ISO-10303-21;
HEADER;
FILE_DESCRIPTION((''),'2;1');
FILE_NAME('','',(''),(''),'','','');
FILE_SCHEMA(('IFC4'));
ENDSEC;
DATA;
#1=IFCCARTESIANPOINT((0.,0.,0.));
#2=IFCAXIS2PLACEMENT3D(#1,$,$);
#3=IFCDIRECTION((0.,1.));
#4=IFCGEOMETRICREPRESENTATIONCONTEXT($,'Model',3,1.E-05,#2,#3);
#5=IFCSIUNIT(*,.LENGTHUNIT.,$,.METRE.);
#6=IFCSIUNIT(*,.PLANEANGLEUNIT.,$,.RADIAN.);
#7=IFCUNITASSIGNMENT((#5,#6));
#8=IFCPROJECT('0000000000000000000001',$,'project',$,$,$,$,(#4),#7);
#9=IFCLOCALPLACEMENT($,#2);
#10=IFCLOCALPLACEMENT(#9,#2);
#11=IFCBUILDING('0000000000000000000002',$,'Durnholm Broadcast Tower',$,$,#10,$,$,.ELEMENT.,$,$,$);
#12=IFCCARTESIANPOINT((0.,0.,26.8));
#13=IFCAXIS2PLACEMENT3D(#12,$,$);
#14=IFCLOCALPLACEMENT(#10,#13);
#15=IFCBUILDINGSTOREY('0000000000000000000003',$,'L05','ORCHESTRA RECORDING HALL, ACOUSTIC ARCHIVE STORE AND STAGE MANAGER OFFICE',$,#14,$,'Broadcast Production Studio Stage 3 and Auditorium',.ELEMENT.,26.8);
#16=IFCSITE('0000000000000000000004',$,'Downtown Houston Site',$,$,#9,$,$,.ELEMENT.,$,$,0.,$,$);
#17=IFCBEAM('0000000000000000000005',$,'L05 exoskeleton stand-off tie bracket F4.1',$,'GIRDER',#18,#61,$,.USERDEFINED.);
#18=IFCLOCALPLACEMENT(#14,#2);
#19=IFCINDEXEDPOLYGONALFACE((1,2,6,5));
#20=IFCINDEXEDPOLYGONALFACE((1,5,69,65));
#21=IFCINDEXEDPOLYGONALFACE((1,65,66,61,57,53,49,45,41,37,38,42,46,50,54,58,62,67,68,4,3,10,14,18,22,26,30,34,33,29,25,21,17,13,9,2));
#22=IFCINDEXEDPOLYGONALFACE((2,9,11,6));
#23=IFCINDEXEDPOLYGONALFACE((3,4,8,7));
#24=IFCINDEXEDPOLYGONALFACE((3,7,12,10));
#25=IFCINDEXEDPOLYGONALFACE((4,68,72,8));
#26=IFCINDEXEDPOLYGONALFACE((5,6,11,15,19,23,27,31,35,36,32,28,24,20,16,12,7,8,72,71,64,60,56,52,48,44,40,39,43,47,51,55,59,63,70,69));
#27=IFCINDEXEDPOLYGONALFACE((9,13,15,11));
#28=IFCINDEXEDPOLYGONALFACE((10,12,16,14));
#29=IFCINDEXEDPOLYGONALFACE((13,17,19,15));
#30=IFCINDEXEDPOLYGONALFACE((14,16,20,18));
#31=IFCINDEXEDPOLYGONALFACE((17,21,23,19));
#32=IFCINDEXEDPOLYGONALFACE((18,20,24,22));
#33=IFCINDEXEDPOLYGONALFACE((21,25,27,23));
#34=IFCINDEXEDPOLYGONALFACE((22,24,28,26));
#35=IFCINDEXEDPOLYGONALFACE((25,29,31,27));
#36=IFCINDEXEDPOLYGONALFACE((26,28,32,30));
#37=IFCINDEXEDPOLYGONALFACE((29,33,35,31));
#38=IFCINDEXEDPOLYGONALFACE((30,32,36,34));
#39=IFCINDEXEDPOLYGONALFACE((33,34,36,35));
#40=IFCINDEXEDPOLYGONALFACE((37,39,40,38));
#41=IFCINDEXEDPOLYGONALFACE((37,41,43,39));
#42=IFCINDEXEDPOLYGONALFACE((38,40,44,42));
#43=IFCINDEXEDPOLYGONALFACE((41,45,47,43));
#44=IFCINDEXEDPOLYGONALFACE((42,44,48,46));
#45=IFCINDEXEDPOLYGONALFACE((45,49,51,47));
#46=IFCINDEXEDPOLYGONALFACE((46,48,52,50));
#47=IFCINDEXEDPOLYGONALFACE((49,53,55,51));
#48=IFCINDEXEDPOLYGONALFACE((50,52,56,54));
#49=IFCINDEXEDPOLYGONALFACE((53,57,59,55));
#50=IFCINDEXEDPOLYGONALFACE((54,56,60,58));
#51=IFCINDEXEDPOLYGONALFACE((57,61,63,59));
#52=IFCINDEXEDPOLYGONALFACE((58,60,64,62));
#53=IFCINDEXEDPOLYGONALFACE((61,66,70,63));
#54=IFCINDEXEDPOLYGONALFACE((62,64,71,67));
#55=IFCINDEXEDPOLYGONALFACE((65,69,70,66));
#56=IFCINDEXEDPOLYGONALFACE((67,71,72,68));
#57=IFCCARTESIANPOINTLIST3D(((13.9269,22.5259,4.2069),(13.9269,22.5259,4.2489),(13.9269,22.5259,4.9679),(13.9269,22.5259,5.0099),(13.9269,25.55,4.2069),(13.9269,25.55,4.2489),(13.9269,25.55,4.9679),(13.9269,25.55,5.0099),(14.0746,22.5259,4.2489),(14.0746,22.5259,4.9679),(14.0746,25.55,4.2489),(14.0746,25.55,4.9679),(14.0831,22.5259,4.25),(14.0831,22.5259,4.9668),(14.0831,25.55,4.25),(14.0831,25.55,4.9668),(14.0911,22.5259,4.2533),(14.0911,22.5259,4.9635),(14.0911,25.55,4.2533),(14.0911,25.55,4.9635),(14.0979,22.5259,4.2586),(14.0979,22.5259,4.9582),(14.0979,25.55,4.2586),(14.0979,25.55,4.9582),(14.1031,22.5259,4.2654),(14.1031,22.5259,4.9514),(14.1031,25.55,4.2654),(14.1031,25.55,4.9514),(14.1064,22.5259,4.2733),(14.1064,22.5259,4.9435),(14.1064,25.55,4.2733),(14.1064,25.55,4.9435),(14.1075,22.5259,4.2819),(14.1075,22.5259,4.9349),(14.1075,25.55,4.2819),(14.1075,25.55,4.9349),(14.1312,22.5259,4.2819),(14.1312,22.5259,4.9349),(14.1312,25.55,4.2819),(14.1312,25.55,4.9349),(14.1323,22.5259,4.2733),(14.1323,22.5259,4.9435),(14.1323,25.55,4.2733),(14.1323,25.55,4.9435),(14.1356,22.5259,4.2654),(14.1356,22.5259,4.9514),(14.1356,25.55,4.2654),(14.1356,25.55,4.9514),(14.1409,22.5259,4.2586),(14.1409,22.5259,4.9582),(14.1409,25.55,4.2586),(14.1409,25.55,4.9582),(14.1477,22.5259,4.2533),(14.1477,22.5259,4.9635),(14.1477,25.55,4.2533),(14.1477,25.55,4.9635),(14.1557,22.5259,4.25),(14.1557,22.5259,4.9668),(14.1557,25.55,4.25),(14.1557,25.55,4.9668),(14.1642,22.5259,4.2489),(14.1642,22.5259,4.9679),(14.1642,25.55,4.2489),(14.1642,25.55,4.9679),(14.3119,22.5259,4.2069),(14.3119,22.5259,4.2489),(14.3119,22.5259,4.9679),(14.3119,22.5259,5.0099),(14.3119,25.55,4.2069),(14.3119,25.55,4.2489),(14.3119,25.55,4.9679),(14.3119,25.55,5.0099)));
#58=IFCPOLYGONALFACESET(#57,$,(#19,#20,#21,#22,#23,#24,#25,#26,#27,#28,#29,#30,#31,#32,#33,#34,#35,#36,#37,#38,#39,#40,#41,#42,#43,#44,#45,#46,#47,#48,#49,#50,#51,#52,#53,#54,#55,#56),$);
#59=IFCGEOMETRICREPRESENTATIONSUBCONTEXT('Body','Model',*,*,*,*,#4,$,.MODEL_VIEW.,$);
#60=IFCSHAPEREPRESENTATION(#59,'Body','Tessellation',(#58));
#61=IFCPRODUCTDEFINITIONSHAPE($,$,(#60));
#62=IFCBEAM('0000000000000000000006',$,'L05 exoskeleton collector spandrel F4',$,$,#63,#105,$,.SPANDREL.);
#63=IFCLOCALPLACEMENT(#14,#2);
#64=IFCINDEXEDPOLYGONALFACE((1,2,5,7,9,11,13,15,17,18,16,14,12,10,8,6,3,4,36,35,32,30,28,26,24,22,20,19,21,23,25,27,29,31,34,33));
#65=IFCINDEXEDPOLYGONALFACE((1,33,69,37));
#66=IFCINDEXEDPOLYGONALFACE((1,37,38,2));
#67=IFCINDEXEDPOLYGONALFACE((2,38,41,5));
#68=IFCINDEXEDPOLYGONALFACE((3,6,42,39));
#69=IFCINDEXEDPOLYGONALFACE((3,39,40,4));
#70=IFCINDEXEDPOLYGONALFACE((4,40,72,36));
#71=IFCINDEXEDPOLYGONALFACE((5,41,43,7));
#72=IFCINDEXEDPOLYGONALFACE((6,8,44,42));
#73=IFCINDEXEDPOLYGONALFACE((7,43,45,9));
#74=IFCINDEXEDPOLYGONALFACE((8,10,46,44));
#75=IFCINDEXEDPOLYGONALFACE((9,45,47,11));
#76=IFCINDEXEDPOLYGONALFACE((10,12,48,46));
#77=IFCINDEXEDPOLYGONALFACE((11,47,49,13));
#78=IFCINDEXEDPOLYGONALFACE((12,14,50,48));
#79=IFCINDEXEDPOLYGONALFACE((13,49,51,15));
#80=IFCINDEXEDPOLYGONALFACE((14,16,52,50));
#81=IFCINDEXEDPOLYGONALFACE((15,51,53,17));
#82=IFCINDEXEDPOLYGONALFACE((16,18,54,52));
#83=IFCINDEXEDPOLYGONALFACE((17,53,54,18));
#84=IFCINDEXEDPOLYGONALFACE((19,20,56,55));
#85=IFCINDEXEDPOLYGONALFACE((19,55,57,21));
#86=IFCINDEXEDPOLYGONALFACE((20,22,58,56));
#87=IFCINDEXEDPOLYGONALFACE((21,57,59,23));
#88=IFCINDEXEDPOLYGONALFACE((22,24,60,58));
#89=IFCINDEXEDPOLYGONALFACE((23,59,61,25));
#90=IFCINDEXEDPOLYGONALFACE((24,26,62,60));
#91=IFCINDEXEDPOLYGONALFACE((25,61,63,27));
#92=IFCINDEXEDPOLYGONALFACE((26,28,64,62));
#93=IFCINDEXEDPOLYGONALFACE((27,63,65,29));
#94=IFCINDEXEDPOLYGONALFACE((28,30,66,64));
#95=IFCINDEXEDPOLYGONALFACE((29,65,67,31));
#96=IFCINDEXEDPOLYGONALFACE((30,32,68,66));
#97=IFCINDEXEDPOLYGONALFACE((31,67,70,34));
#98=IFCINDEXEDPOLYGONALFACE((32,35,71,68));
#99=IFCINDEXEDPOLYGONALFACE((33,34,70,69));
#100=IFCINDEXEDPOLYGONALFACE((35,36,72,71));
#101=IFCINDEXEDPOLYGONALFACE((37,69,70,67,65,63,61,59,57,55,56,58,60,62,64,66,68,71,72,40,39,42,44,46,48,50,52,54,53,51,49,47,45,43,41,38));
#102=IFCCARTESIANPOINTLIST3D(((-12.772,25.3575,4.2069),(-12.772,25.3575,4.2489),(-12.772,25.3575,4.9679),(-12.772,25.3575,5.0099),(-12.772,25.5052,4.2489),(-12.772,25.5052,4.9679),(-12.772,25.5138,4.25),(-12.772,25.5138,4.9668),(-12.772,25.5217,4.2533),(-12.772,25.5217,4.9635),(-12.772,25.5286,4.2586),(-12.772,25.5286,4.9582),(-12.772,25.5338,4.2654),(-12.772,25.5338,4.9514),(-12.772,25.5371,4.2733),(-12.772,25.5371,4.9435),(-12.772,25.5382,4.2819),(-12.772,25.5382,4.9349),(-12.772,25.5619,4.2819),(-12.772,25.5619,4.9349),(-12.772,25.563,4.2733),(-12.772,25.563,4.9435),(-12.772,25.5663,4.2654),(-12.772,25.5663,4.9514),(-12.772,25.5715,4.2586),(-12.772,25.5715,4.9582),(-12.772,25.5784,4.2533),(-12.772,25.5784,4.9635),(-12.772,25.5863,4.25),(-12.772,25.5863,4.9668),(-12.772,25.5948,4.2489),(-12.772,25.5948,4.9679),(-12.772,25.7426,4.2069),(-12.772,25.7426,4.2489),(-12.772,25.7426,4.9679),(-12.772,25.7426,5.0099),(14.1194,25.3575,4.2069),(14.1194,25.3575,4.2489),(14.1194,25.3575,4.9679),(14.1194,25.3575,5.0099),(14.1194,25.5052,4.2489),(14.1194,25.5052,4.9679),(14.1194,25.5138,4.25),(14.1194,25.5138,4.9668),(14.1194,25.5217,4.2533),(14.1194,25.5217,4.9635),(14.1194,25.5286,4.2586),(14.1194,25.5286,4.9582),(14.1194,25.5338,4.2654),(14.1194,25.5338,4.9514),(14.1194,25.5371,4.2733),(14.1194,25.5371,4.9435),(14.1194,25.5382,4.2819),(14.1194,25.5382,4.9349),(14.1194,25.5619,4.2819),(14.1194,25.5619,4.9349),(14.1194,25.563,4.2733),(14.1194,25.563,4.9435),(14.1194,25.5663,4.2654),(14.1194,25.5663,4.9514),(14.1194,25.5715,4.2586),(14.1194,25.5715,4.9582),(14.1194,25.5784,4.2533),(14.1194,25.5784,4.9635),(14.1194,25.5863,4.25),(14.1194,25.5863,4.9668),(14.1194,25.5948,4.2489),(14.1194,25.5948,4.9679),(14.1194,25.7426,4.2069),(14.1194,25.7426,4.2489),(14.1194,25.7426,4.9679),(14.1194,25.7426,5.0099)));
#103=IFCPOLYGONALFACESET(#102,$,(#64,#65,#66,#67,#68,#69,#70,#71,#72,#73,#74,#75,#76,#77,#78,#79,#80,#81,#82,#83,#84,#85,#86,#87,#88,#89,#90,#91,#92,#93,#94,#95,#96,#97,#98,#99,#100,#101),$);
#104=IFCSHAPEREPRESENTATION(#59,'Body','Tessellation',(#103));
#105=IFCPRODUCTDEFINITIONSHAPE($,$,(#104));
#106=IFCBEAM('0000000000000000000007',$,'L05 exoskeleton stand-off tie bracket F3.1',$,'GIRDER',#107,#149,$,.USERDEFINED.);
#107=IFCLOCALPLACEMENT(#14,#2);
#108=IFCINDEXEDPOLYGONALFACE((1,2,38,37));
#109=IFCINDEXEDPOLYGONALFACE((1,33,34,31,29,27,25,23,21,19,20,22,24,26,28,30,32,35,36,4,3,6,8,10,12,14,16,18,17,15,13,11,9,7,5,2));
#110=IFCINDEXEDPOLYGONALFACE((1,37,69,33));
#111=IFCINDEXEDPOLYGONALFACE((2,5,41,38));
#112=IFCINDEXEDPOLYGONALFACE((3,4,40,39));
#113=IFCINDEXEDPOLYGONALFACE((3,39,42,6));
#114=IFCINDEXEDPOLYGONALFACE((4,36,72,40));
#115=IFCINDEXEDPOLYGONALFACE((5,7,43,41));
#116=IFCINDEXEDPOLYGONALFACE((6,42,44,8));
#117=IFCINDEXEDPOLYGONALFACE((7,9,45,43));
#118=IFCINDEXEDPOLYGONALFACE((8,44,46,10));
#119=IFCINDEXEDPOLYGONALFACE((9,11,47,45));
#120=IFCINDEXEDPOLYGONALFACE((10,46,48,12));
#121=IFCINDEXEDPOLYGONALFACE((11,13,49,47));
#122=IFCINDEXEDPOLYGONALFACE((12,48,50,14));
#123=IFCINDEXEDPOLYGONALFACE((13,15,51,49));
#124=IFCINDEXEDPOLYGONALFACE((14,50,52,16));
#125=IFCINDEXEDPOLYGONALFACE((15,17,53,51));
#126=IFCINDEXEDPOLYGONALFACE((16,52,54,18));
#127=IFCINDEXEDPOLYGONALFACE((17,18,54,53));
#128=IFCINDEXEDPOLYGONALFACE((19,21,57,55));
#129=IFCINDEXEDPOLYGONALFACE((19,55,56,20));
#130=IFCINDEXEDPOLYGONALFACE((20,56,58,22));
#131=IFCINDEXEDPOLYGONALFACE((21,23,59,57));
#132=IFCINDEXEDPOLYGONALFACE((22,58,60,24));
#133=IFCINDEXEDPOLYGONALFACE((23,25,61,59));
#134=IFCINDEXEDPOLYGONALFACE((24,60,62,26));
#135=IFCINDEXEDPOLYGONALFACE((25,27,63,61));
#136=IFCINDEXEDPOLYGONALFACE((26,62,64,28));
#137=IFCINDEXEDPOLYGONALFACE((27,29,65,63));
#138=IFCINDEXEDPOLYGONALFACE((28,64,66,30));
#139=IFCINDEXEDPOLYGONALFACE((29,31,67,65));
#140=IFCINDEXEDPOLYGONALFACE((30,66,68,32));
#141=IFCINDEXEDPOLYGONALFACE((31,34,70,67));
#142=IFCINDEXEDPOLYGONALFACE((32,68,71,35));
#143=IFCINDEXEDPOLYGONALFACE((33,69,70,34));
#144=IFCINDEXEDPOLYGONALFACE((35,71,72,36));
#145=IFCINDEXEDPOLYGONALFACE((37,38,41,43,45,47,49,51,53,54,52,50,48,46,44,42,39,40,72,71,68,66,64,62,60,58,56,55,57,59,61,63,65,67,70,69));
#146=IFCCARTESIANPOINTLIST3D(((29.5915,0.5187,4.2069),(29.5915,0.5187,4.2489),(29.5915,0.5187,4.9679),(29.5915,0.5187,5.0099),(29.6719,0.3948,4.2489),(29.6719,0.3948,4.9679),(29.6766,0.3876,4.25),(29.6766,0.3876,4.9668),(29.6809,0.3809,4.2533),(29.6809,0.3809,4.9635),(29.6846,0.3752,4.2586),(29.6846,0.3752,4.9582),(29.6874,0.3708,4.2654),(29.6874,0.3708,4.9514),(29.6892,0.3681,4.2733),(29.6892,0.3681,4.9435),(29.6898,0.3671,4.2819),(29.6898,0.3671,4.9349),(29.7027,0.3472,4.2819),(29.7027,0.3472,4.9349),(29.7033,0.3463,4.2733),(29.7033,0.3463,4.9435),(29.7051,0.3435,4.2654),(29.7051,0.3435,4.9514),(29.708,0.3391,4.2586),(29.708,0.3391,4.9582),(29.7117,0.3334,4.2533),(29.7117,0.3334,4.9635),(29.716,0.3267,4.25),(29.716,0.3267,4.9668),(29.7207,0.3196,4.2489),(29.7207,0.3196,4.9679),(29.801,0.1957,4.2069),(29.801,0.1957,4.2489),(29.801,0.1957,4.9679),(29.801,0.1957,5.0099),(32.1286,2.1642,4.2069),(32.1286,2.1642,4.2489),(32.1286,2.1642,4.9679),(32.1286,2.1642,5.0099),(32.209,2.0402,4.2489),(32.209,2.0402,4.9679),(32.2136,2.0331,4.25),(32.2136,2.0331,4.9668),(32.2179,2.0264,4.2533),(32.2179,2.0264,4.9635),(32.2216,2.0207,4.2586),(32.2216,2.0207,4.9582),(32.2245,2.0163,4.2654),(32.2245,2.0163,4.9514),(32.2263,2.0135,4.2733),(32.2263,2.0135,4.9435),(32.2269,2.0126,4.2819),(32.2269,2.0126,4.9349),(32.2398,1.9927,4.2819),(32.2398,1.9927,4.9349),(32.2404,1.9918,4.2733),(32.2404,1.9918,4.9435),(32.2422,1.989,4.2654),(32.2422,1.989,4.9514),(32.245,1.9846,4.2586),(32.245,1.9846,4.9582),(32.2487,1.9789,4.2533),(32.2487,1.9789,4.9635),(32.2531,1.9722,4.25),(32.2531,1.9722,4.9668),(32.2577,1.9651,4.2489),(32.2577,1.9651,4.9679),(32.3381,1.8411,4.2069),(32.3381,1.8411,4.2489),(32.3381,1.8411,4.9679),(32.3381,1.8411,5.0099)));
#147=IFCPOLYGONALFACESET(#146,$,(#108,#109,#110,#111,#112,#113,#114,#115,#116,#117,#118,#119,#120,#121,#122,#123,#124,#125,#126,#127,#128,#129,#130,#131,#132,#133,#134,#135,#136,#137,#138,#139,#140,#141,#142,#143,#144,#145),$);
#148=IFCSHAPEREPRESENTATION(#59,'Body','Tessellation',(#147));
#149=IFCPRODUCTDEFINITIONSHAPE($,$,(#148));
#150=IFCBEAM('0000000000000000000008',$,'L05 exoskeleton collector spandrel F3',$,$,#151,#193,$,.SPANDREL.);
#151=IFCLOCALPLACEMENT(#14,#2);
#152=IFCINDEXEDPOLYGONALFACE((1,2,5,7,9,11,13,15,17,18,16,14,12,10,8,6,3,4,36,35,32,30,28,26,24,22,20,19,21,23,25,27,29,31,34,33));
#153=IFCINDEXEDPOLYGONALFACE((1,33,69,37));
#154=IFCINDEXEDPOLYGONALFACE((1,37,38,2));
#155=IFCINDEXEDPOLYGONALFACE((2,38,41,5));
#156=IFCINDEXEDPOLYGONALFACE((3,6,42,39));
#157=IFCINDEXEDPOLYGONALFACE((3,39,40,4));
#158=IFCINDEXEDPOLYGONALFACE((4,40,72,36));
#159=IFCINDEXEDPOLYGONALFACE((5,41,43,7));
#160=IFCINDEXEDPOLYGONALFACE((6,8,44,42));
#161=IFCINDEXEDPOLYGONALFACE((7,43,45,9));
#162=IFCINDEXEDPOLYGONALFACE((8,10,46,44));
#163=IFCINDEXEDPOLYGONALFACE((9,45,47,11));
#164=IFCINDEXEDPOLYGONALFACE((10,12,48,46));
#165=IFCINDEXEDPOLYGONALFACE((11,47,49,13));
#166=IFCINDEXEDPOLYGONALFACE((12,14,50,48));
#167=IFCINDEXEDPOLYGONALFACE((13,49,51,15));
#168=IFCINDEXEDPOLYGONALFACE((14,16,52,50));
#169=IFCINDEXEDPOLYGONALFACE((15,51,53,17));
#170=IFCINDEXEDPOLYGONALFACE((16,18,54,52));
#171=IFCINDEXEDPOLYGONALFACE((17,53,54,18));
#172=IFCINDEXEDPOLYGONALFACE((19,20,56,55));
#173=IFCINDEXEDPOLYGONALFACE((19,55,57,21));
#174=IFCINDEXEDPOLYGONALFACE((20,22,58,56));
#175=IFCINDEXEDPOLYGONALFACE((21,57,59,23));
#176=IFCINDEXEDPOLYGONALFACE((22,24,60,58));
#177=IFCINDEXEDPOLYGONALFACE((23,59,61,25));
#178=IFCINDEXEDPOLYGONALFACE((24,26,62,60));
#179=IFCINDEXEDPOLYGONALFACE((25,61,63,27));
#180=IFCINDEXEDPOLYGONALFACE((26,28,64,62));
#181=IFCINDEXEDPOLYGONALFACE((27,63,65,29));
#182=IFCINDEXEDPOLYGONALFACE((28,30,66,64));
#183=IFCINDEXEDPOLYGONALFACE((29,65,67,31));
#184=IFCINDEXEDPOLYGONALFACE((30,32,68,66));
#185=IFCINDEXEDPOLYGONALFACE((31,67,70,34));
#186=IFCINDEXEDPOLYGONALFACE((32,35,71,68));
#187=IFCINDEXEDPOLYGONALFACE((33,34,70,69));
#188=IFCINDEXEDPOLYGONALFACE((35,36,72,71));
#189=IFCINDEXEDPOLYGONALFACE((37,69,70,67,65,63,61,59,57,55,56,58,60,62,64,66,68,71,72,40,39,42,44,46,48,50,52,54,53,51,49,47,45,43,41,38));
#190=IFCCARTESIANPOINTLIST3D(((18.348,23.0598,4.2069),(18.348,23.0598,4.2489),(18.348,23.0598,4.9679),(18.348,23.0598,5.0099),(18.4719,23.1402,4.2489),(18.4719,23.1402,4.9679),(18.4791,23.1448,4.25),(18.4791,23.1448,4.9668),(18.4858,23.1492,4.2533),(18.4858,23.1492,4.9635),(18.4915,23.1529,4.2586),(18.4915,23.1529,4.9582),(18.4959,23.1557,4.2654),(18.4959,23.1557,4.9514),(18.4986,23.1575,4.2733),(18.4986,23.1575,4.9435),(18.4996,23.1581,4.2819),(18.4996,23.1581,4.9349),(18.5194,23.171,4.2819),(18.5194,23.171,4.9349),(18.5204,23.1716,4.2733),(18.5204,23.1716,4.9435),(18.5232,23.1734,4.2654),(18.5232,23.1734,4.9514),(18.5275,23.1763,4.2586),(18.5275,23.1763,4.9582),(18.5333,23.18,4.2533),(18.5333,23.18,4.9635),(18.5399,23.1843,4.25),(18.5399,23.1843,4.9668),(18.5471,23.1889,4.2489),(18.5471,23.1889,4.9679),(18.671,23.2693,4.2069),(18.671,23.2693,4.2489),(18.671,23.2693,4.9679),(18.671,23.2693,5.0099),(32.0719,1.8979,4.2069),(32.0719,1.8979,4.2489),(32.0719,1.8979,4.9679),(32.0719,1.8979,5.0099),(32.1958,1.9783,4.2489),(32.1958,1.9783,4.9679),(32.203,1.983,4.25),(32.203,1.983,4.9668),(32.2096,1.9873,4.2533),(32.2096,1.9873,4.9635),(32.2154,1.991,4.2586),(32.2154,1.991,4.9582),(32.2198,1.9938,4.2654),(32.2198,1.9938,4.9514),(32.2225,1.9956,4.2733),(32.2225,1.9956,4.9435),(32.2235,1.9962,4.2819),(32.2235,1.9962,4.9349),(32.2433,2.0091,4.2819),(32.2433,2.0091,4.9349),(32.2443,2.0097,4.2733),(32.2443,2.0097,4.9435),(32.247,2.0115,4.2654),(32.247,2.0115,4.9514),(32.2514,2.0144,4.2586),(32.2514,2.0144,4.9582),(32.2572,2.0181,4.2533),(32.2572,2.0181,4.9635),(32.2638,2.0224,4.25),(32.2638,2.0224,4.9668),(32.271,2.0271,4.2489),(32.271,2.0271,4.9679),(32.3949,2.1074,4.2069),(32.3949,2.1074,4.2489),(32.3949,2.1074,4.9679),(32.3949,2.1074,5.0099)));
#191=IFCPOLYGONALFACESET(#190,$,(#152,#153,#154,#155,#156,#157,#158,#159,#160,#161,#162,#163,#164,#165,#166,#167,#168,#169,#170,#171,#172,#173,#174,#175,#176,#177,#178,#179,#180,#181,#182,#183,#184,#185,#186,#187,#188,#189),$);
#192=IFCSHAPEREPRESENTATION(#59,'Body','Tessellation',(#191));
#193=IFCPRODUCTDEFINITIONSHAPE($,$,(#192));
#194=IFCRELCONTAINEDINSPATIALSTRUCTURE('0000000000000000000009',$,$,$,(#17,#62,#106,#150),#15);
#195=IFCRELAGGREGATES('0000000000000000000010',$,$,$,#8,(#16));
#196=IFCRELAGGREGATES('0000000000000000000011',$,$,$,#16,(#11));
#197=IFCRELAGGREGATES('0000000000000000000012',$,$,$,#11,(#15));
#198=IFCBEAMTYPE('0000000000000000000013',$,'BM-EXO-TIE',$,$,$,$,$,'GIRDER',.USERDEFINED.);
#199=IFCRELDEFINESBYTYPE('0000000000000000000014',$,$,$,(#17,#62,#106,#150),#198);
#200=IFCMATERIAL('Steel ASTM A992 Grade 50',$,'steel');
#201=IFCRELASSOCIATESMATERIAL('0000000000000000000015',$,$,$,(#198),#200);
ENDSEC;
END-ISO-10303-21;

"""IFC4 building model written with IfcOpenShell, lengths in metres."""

from ifc_helpers import new_model, si_unit, direction, frame, origin, origin_2d, place, context, subcontext, project, spatial, i_section, extrude, source, transform, mapped, material, material_profile, profile_set, type_object, type_shapes, element, save


model = new_model("IFC4")

# Units and contexts
model_context = context("Model", 3, precision=1e-05, world=origin(), true_north=direction((0.0, 1.0)))
body_context = subcontext(model_context, "Body", "Model", "MODEL_VIEW")
ifc_project = project(units=[si_unit("LENGTHUNIT", "METRE"), si_unit("PLANEANGLEUNIT", "RADIAN")], contexts=[model_context])

# Site, building, storey
site_placement = place(None, origin())
site = spatial("IfcSite", under=ifc_project, at=site_placement, Name="Downtown Houston Site", CompositionType="ELEMENT", RefElevation=0.0)
building_placement = place(site_placement, origin())
building = spatial("IfcBuilding", under=site, at=building_placement, Name="Durnholm Broadcast Tower", CompositionType="ELEMENT")
storey_placement = place(building_placement, frame((0.0, 0.0, 26.8)))
storey = spatial("IfcBuildingStorey", under=building, at=storey_placement, Name="L05", Description="ORCHESTRA RECORDING HALL, ACOUSTIC ARCHIVE STORE AND STAGE MANAGER OFFICE", LongName="Broadcast Production Studio Stage 3 and Auditorium", CompositionType="ELEMENT", Elevation=26.8)

# Beams
ifc_material_1 = material(Name="Steel ASTM A992 Grade 50", Category="steel")
ifc_material_profile_1 = material_profile(ifc_material_1, i_section(OverallWidth=0.385, OverallDepth=0.803, WebThickness=0.0237, FlangeThickness=0.042, FilletRadius=0.033, at=origin_2d()), Name="W30X261")
ifc_profile_set_1 = profile_set([ifc_material_profile_1], Name="Steel ASTM A992 Grade 50")
beam_type_1 = type_object("IfcBeamType", Name="BM-EXO-TIE", ElementType="GIRDER", PredefinedType="USERDEFINED", material=ifc_profile_set_1)
shared_shape_1 = source(origin(), body_context, "Body", "SweptSolid", [
    extrude(i_section(OverallWidth=0.385, OverallDepth=0.803, WebThickness=0.0237, FlangeThickness=0.042, FilletRadius=0.033, at=origin_2d()), origin(), (0.0, 0.0, 1.0), 3.0242),
])
for number, where, z_axis, x_axis, name in (
    (1, (14.1194, 22.5259, 4.6084), (0.0, 1.0, 0.0), (-1.0, 0.0, 0.0), "L05 exoskeleton stand-off tie bracket F4.1"),
):
    element("IfcBeam", number, at=place(storey_placement, frame(where, z_axis=z_axis, x_axis=x_axis)), inside=storey, type_object=beam_type_1, Name=name, ObjectType="GIRDER", PredefinedType="USERDEFINED", context=body_context, shape_type="MappedRepresentation", body=[
        mapped(shared_shape_1, transform((0.0, 0.0, 0.0), x_axis=(1.0, 0.0, 0.0), y_axis=(0.0, 1.0, 0.0), z_axis=(0.0, 0.0, 1.0), scale=1.0)),
    ])
shared_shape_2 = source(origin(), body_context, "Body", "SweptSolid", [
    extrude(i_section(OverallWidth=0.385, OverallDepth=0.803, WebThickness=0.0237, FlangeThickness=0.042, FilletRadius=0.033, at=origin_2d()), origin(), (0.0, 0.0, 1.0), 26.8914),
])
beam_1_placement = place(storey_placement, frame((14.1194, 25.55, 4.6084), z_axis=(-1.0, 0.0, 0.0), x_axis=(0.0, -1.0, 0.0)))
element("IfcBeam", 2, at=beam_1_placement, inside=storey, type_object=beam_type_1, Name="L05 exoskeleton collector spandrel F4", PredefinedType="SPANDREL", context=body_context, shape_type="MappedRepresentation", body=[
    mapped(shared_shape_2, transform((0.0, 0.0, 0.0), x_axis=(1.0, 0.0, 0.0), y_axis=(0.0, 1.0, 0.0), z_axis=(0.0, 0.0, 1.0), scale=1.0)),
])
shared_shape_3 = source(origin(), body_context, "Body", "SweptSolid", [
    extrude(i_section(OverallWidth=0.385, OverallDepth=0.803, WebThickness=0.0237, FlangeThickness=0.042, FilletRadius=0.033, at=origin_2d()), origin(), (0.0, 0.0, 1.0), 3.0239),
])
beam_2_placement = place(storey_placement, frame((29.6963, 0.3572, 4.6084), z_axis=(0.838989, 0.544148, 0.0), x_axis=(-0.544148, 0.838989, 0.0)))
element("IfcBeam", 3, at=beam_2_placement, inside=storey, type_object=beam_type_1, Name="L05 exoskeleton stand-off tie bracket F3.1", ObjectType="GIRDER", PredefinedType="USERDEFINED", context=body_context, shape_type="MappedRepresentation", body=[
    mapped(shared_shape_3, transform((0.0, 0.0, 0.0), x_axis=(1.0, 0.0, 0.0), y_axis=(0.0, 1.0, 0.0), z_axis=(0.0, 0.0, 1.0), scale=1.0)),
])
shared_shape_4 = source(origin(), body_context, "Body", "SweptSolid", [
    extrude(i_section(OverallWidth=0.385, OverallDepth=0.803, WebThickness=0.0237, FlangeThickness=0.042, FilletRadius=0.033, at=origin_2d()), origin(), (0.0, 0.0, 1.0), 25.2224),
])
type_shapes(beam_type_1, [shared_shape_1, shared_shape_2, shared_shape_3, shared_shape_4])
beam_3_placement = place(storey_placement, frame((32.2334, 2.0027, 4.6084), z_axis=(-0.544115, 0.839011, 0.0), x_axis=(-0.839011, -0.544115, 0.0)))
element("IfcBeam", 4, at=beam_3_placement, inside=storey, type_object=beam_type_1, Name="L05 exoskeleton collector spandrel F3", PredefinedType="SPANDREL", context=body_context, shape_type="MappedRepresentation", body=[
    mapped(shared_shape_4, transform((0.0, 0.0, 0.0), x_axis=(1.0, 0.0, 0.0), y_axis=(0.0, 1.0, 0.0), z_axis=(0.0, 0.0, 1.0), scale=1.0)),
])

save(model, "model.ifc")
